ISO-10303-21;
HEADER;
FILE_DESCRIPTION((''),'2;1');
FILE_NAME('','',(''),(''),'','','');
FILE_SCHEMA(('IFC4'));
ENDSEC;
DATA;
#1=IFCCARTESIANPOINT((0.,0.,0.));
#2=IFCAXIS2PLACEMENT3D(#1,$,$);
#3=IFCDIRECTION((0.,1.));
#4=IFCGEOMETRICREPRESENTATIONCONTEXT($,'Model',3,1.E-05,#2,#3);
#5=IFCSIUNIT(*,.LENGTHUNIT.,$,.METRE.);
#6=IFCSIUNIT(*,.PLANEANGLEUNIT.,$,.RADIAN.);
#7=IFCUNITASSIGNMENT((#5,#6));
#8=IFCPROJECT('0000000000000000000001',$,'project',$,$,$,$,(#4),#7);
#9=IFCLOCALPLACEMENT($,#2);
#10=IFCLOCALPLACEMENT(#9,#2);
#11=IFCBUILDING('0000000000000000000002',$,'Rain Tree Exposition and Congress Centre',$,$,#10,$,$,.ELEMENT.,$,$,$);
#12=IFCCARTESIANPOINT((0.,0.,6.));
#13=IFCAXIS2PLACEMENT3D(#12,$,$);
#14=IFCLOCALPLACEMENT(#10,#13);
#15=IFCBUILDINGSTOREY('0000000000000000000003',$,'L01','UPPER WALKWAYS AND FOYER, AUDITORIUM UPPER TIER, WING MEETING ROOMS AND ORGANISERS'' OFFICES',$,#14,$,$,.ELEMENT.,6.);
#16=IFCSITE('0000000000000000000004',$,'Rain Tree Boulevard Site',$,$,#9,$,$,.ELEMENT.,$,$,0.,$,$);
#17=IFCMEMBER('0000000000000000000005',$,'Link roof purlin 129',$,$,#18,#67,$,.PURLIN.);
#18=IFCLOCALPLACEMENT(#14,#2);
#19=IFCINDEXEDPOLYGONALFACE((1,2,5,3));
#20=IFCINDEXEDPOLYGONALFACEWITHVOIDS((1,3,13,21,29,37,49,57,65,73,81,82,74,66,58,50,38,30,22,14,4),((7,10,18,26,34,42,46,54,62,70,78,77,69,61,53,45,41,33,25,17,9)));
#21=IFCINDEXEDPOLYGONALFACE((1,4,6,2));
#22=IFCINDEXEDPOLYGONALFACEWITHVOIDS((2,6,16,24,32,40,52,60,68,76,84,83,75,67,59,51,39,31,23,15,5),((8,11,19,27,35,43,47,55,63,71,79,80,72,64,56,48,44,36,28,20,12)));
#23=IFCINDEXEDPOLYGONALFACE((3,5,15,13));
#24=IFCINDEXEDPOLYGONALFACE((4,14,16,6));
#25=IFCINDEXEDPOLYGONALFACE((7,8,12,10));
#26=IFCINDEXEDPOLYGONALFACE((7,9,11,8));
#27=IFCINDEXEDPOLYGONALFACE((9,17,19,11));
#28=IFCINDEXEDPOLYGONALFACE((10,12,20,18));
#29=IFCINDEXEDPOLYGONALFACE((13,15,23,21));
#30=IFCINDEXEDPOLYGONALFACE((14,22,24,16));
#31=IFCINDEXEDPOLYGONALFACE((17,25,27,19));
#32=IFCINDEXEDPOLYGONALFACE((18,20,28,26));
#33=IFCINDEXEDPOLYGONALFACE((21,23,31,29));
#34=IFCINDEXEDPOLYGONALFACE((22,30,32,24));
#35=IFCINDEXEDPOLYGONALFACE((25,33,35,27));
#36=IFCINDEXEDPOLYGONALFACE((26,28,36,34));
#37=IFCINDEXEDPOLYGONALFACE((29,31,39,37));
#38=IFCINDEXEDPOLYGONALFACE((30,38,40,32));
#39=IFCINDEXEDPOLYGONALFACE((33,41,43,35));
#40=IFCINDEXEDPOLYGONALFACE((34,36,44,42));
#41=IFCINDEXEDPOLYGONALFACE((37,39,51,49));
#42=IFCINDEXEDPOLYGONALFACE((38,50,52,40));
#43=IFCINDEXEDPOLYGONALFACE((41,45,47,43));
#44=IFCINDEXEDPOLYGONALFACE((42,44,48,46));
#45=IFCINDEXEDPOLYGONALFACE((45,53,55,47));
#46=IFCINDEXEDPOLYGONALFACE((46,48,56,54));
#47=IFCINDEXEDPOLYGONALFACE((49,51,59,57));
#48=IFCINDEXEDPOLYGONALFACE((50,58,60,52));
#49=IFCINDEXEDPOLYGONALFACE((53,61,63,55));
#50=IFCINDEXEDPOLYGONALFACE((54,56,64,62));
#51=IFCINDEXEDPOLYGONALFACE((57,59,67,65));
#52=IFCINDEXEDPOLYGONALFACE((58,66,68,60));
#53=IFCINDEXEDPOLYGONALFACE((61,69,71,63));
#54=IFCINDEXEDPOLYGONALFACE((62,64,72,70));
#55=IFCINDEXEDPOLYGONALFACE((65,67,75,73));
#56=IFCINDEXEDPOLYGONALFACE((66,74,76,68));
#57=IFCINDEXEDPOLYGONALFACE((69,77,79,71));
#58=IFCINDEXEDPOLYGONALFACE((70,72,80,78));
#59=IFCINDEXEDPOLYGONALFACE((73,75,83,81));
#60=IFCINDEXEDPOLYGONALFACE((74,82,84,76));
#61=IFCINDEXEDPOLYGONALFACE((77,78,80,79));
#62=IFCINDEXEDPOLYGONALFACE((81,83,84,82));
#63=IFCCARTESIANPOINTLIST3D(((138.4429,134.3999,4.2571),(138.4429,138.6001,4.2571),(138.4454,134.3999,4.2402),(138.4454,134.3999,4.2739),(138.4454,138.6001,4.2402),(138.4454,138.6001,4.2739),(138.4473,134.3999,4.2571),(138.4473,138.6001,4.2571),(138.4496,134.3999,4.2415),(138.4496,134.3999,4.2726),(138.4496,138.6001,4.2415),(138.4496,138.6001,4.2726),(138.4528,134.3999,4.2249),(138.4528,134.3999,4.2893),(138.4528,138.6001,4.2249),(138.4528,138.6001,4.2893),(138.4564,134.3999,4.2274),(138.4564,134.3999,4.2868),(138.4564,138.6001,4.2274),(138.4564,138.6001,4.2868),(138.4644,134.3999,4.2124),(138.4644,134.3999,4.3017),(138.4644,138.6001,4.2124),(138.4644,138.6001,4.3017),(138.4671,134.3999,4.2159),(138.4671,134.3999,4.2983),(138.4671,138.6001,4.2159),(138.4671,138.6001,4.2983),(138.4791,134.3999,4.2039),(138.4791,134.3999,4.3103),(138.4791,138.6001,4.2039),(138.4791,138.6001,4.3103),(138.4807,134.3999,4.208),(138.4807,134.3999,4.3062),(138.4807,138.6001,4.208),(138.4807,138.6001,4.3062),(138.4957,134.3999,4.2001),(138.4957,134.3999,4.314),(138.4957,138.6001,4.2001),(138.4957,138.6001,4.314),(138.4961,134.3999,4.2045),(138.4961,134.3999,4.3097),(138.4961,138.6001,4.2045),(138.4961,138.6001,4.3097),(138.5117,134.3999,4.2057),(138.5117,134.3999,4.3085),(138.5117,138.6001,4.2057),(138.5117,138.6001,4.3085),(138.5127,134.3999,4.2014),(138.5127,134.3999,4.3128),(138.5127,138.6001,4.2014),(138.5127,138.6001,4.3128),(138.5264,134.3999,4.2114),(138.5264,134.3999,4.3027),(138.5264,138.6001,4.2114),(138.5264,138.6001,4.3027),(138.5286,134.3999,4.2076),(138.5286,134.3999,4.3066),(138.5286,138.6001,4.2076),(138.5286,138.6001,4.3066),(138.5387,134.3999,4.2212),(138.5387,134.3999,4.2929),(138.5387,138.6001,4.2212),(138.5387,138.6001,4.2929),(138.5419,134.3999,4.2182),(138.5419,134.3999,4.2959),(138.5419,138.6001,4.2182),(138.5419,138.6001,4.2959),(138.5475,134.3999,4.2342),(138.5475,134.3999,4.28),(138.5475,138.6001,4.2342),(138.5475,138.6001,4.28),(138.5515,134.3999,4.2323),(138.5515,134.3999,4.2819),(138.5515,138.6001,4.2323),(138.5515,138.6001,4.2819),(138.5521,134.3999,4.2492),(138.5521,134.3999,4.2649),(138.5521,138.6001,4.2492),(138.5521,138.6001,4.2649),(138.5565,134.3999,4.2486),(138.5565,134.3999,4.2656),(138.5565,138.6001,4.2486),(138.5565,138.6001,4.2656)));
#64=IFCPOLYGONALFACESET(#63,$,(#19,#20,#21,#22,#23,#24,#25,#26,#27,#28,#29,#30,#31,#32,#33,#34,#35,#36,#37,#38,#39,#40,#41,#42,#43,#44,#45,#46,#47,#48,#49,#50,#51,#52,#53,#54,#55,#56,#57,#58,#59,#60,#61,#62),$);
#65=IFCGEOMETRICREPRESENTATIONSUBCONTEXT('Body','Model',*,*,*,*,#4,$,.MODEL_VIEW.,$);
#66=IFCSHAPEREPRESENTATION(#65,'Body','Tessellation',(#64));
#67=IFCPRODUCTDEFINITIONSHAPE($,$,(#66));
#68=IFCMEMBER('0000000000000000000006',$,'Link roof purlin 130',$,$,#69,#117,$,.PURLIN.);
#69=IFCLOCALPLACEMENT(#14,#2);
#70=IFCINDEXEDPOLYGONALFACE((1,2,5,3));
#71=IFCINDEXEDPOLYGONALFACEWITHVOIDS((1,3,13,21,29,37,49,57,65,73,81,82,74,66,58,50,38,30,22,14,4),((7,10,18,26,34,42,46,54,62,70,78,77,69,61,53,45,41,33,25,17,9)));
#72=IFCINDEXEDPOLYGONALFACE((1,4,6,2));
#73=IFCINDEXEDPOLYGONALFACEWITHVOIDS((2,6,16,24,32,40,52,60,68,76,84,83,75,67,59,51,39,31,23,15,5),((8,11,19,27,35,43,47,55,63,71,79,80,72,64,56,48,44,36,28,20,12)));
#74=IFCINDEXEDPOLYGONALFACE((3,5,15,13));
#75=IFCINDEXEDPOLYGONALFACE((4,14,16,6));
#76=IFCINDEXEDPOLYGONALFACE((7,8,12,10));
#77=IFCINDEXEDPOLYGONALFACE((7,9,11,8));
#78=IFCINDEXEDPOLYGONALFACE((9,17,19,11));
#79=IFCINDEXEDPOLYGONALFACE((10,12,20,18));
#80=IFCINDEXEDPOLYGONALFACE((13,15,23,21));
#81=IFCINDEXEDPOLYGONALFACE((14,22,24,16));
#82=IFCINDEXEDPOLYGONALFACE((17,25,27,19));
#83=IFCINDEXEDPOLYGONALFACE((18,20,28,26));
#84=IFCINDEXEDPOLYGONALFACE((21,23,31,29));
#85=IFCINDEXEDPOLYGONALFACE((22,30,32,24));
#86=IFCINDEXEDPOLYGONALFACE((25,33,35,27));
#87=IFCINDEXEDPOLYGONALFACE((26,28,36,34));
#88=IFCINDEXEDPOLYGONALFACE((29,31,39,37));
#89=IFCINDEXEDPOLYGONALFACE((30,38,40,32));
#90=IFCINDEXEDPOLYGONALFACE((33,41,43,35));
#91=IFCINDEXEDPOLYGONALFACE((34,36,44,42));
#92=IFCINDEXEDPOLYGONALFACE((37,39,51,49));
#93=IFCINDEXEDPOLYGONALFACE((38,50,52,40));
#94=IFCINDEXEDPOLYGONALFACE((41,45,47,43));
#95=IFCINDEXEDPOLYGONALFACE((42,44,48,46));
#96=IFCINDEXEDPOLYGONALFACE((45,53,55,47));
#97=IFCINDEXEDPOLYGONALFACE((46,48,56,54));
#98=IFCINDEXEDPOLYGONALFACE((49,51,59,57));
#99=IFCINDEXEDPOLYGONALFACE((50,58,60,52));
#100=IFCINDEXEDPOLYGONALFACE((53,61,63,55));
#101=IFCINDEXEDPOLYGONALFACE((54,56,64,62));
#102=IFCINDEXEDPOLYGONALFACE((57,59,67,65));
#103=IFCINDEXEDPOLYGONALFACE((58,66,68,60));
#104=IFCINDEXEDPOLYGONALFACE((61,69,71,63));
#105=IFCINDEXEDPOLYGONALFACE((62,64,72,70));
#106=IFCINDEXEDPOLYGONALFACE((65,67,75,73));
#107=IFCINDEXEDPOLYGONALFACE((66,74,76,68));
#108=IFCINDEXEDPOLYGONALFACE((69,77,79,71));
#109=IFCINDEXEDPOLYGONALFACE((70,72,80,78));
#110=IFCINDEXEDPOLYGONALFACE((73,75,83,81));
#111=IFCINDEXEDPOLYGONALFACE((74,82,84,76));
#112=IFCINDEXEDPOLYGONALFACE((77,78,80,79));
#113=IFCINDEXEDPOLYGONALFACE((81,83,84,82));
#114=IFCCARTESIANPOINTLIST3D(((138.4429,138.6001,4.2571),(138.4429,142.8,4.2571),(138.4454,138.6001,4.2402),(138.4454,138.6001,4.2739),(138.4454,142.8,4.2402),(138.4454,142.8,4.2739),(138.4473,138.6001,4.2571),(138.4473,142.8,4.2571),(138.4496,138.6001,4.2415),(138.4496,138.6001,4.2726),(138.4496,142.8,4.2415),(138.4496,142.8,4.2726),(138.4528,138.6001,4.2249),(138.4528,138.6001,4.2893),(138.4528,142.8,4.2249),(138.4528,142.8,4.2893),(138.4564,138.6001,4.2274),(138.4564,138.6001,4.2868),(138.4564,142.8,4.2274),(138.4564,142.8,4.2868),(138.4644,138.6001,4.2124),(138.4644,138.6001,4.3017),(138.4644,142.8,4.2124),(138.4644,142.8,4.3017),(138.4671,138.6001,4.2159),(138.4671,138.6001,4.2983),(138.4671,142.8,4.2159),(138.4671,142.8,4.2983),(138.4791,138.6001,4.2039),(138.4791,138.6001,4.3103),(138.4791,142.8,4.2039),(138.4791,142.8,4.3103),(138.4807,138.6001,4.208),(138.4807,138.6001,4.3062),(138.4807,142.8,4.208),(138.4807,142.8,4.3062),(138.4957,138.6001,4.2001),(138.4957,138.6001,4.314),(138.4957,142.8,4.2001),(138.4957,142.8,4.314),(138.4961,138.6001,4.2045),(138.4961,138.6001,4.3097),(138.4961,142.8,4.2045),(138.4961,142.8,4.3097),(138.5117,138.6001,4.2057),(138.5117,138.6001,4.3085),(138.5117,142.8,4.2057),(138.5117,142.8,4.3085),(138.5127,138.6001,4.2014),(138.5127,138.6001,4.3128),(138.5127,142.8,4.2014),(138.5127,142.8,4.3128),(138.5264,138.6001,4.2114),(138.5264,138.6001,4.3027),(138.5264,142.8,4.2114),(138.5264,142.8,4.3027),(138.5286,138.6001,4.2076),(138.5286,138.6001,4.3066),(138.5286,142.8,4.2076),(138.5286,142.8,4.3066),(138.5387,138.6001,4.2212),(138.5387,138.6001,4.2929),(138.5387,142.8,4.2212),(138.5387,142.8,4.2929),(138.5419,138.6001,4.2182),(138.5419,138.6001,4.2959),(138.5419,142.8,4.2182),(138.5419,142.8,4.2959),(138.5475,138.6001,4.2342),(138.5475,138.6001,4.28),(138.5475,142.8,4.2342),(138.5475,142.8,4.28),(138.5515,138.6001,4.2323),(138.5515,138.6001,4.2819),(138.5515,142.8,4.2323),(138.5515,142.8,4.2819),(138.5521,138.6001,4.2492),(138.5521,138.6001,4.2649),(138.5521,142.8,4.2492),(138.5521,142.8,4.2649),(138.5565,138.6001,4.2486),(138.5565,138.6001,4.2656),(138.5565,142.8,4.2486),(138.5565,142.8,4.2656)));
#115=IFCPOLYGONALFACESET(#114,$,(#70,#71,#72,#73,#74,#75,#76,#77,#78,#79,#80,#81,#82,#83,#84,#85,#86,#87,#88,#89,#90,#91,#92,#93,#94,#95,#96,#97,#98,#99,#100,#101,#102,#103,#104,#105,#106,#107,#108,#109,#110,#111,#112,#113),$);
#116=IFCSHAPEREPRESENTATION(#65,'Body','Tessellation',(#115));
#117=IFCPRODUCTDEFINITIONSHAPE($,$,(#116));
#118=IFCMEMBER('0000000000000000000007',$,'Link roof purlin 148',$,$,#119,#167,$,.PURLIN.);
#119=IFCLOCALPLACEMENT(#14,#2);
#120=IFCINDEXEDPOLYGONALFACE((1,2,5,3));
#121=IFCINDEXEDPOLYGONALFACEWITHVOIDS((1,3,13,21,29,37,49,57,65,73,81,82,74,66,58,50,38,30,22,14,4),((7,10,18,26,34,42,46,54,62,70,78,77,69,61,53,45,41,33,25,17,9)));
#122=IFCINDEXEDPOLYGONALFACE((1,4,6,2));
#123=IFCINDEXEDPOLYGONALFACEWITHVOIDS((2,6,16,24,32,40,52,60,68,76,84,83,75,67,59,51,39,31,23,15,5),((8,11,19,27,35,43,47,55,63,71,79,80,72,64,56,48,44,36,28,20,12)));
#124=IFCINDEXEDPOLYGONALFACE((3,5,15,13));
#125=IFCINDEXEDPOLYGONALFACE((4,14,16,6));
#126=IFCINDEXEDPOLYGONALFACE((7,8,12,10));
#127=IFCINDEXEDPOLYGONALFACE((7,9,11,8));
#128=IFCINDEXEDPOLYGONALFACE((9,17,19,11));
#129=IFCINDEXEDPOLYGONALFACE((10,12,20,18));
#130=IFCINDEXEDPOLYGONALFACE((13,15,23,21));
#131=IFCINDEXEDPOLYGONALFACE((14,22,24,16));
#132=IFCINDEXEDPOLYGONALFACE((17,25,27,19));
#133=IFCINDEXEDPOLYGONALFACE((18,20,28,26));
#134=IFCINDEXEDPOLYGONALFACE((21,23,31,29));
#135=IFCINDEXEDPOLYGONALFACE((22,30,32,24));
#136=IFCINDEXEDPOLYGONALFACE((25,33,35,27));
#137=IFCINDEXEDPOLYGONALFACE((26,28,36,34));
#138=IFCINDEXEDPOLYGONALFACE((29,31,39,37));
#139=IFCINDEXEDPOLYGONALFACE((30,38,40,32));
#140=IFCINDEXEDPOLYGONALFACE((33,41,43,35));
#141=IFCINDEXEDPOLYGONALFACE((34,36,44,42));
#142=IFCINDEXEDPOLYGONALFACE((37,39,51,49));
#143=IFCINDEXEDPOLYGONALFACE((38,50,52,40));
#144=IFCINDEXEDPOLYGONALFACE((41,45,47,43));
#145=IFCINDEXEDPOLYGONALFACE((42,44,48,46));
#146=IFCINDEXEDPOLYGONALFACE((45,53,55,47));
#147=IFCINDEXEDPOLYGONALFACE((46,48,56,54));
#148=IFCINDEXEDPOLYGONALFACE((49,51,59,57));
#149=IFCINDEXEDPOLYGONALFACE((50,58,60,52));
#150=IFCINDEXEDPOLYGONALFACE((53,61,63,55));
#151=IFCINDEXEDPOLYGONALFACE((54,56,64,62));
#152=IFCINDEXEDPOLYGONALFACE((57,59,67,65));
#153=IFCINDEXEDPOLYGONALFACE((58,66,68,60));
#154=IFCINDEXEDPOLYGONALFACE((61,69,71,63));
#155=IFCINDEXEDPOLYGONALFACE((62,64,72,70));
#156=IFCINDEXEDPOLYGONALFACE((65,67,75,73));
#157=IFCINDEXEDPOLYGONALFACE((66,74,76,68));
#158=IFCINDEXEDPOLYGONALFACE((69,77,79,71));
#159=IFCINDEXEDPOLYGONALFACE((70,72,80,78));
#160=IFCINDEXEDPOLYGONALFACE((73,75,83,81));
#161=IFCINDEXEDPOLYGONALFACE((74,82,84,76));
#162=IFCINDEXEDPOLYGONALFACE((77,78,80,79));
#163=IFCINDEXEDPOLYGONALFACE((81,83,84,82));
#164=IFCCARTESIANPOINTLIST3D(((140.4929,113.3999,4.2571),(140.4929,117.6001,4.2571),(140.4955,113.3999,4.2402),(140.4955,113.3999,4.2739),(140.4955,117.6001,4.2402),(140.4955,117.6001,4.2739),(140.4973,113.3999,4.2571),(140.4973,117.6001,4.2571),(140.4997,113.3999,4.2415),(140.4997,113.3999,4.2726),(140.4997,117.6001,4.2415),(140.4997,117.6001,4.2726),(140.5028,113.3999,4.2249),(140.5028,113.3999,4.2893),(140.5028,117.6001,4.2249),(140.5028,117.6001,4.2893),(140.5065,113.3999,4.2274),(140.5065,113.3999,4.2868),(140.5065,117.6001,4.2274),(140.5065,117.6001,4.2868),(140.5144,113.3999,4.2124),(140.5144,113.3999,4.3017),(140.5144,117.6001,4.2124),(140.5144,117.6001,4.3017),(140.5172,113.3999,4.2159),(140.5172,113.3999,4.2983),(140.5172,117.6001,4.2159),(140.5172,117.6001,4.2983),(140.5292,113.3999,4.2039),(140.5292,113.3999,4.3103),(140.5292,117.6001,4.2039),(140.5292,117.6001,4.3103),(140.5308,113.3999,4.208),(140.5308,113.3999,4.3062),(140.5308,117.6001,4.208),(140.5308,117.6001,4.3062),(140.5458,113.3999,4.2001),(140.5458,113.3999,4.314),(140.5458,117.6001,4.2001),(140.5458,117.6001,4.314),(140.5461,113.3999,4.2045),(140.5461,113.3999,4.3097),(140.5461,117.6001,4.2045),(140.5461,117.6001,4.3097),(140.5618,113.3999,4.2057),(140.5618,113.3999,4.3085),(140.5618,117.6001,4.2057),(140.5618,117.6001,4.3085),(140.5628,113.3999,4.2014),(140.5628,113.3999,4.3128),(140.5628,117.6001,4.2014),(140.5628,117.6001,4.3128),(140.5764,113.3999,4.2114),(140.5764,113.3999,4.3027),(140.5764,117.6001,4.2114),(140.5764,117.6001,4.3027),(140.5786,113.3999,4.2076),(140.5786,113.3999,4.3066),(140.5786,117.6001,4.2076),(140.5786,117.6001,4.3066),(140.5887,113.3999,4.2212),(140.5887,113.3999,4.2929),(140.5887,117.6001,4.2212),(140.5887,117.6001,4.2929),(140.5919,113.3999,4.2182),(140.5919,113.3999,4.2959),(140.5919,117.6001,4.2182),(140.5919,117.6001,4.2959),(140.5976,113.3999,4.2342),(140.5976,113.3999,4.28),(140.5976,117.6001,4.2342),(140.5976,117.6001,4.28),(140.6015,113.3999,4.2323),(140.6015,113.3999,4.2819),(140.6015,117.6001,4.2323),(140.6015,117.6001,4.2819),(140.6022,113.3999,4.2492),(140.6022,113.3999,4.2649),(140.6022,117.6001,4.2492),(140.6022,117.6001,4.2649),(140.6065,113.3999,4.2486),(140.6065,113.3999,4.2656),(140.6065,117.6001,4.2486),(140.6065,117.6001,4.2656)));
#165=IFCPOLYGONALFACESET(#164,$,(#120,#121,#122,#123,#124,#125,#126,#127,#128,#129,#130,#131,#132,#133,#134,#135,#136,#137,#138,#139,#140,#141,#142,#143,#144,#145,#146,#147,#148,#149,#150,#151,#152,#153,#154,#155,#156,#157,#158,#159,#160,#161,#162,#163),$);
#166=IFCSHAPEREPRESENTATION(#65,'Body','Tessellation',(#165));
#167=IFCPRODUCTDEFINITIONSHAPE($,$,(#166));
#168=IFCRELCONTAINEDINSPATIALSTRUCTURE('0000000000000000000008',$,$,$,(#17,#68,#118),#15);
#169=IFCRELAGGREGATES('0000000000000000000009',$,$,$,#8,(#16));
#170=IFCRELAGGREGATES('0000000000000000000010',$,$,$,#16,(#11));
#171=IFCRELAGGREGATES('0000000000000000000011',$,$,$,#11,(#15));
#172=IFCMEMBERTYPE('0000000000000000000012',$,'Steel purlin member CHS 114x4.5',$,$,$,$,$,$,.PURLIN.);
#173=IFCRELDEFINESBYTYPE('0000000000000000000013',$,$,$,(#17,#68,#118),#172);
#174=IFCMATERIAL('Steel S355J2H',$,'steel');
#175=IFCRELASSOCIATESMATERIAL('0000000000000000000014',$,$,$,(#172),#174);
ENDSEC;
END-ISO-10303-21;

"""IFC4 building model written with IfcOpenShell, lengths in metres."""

from ifc_helpers import new_model, si_unit, direction, frame, origin, origin_2d, place, context, subcontext, project, spatial, hollow_circle, extrude, material, material_profile, profile_set, type_object, element, save


model = new_model("IFC4")

# Units and contexts
model_context = context("Model", 3, precision=1e-05, world=origin(), true_north=direction((0.0, 1.0)))
body_context = subcontext(model_context, "Body", "Model", "MODEL_VIEW")
ifc_project = project(units=[si_unit("LENGTHUNIT", "METRE"), si_unit("PLANEANGLEUNIT", "RADIAN")], contexts=[model_context])

# Site, building, storey
site_placement = place(None, origin())
site = spatial("IfcSite", under=ifc_project, at=site_placement, Name="Rain Tree Boulevard Site", CompositionType="ELEMENT", RefElevation=0.0)
building_placement = place(site_placement, origin())
building = spatial("IfcBuilding", under=site, at=building_placement, Name="Rain Tree Exposition and Congress Centre", CompositionType="ELEMENT")
storey_placement = place(building_placement, frame((0.0, 0.0, 6.0)))
storey = spatial("IfcBuildingStorey", under=building, at=storey_placement, Name="L01", Description="UPPER WALKWAYS AND FOYER, AUDITORIUM UPPER TIER, WING MEETING ROOMS AND ORGANISERS' OFFICES", CompositionType="ELEMENT", Elevation=6.0)

# Members
ifc_material = material(Name="Steel S355J2H", Category="steel")
ifc_material_profile = material_profile(ifc_material, hollow_circle(Radius=0.0571, WallThickness=0.0044, at=origin_2d()), Name="CHS 114x4.5")
ifc_profile_set = profile_set([ifc_material_profile], Name="Steel S355J2H")
member_type = type_object("IfcMemberType", Name="Steel purlin member CHS 114x4.5", PredefinedType="PURLIN", material=ifc_profile_set)
member_1_placement = place(storey_placement, frame((138.5, 134.3999, 4.2571), z_axis=(0.0, 1.0, 0.0), x_axis=(-1.0, 0.0, 0.0)))
element("IfcMember", 1, at=member_1_placement, inside=storey, type_object=member_type, Name="Link roof purlin 129", PredefinedType="PURLIN", context=body_context, shape_type="SweptSolid", body=[
    extrude(hollow_circle(Radius=0.0571, WallThickness=0.0044, at=origin_2d()), origin(), (0.0, 0.0, 1.0), 4.2002),
])
member_2_placement = place(storey_placement, frame((138.5, 138.6001, 4.2571), z_axis=(0.0, 1.0, 0.0), x_axis=(-1.0, 0.0, 0.0)))
element("IfcMember", 2, at=member_2_placement, inside=storey, type_object=member_type, Name="Link roof purlin 130", PredefinedType="PURLIN", context=body_context, shape_type="SweptSolid", body=[
    extrude(hollow_circle(Radius=0.0571, WallThickness=0.0044, at=origin_2d()), origin(), (0.0, 0.0, 1.0), 4.2),
])
member_3_placement = place(storey_placement, frame((140.55, 113.3999, 4.2571), z_axis=(0.0, 1.0, 0.0), x_axis=(-1.0, 0.0, 0.0)))
element("IfcMember", 3, at=member_3_placement, inside=storey, type_object=member_type, Name="Link roof purlin 148", PredefinedType="PURLIN", context=body_context, shape_type="SweptSolid", body=[
    extrude(hollow_circle(Radius=0.0571, WallThickness=0.0044, at=origin_2d()), origin(), (0.0, 0.0, 1.0), 4.2002),
])

save(model, "model.ifc")
